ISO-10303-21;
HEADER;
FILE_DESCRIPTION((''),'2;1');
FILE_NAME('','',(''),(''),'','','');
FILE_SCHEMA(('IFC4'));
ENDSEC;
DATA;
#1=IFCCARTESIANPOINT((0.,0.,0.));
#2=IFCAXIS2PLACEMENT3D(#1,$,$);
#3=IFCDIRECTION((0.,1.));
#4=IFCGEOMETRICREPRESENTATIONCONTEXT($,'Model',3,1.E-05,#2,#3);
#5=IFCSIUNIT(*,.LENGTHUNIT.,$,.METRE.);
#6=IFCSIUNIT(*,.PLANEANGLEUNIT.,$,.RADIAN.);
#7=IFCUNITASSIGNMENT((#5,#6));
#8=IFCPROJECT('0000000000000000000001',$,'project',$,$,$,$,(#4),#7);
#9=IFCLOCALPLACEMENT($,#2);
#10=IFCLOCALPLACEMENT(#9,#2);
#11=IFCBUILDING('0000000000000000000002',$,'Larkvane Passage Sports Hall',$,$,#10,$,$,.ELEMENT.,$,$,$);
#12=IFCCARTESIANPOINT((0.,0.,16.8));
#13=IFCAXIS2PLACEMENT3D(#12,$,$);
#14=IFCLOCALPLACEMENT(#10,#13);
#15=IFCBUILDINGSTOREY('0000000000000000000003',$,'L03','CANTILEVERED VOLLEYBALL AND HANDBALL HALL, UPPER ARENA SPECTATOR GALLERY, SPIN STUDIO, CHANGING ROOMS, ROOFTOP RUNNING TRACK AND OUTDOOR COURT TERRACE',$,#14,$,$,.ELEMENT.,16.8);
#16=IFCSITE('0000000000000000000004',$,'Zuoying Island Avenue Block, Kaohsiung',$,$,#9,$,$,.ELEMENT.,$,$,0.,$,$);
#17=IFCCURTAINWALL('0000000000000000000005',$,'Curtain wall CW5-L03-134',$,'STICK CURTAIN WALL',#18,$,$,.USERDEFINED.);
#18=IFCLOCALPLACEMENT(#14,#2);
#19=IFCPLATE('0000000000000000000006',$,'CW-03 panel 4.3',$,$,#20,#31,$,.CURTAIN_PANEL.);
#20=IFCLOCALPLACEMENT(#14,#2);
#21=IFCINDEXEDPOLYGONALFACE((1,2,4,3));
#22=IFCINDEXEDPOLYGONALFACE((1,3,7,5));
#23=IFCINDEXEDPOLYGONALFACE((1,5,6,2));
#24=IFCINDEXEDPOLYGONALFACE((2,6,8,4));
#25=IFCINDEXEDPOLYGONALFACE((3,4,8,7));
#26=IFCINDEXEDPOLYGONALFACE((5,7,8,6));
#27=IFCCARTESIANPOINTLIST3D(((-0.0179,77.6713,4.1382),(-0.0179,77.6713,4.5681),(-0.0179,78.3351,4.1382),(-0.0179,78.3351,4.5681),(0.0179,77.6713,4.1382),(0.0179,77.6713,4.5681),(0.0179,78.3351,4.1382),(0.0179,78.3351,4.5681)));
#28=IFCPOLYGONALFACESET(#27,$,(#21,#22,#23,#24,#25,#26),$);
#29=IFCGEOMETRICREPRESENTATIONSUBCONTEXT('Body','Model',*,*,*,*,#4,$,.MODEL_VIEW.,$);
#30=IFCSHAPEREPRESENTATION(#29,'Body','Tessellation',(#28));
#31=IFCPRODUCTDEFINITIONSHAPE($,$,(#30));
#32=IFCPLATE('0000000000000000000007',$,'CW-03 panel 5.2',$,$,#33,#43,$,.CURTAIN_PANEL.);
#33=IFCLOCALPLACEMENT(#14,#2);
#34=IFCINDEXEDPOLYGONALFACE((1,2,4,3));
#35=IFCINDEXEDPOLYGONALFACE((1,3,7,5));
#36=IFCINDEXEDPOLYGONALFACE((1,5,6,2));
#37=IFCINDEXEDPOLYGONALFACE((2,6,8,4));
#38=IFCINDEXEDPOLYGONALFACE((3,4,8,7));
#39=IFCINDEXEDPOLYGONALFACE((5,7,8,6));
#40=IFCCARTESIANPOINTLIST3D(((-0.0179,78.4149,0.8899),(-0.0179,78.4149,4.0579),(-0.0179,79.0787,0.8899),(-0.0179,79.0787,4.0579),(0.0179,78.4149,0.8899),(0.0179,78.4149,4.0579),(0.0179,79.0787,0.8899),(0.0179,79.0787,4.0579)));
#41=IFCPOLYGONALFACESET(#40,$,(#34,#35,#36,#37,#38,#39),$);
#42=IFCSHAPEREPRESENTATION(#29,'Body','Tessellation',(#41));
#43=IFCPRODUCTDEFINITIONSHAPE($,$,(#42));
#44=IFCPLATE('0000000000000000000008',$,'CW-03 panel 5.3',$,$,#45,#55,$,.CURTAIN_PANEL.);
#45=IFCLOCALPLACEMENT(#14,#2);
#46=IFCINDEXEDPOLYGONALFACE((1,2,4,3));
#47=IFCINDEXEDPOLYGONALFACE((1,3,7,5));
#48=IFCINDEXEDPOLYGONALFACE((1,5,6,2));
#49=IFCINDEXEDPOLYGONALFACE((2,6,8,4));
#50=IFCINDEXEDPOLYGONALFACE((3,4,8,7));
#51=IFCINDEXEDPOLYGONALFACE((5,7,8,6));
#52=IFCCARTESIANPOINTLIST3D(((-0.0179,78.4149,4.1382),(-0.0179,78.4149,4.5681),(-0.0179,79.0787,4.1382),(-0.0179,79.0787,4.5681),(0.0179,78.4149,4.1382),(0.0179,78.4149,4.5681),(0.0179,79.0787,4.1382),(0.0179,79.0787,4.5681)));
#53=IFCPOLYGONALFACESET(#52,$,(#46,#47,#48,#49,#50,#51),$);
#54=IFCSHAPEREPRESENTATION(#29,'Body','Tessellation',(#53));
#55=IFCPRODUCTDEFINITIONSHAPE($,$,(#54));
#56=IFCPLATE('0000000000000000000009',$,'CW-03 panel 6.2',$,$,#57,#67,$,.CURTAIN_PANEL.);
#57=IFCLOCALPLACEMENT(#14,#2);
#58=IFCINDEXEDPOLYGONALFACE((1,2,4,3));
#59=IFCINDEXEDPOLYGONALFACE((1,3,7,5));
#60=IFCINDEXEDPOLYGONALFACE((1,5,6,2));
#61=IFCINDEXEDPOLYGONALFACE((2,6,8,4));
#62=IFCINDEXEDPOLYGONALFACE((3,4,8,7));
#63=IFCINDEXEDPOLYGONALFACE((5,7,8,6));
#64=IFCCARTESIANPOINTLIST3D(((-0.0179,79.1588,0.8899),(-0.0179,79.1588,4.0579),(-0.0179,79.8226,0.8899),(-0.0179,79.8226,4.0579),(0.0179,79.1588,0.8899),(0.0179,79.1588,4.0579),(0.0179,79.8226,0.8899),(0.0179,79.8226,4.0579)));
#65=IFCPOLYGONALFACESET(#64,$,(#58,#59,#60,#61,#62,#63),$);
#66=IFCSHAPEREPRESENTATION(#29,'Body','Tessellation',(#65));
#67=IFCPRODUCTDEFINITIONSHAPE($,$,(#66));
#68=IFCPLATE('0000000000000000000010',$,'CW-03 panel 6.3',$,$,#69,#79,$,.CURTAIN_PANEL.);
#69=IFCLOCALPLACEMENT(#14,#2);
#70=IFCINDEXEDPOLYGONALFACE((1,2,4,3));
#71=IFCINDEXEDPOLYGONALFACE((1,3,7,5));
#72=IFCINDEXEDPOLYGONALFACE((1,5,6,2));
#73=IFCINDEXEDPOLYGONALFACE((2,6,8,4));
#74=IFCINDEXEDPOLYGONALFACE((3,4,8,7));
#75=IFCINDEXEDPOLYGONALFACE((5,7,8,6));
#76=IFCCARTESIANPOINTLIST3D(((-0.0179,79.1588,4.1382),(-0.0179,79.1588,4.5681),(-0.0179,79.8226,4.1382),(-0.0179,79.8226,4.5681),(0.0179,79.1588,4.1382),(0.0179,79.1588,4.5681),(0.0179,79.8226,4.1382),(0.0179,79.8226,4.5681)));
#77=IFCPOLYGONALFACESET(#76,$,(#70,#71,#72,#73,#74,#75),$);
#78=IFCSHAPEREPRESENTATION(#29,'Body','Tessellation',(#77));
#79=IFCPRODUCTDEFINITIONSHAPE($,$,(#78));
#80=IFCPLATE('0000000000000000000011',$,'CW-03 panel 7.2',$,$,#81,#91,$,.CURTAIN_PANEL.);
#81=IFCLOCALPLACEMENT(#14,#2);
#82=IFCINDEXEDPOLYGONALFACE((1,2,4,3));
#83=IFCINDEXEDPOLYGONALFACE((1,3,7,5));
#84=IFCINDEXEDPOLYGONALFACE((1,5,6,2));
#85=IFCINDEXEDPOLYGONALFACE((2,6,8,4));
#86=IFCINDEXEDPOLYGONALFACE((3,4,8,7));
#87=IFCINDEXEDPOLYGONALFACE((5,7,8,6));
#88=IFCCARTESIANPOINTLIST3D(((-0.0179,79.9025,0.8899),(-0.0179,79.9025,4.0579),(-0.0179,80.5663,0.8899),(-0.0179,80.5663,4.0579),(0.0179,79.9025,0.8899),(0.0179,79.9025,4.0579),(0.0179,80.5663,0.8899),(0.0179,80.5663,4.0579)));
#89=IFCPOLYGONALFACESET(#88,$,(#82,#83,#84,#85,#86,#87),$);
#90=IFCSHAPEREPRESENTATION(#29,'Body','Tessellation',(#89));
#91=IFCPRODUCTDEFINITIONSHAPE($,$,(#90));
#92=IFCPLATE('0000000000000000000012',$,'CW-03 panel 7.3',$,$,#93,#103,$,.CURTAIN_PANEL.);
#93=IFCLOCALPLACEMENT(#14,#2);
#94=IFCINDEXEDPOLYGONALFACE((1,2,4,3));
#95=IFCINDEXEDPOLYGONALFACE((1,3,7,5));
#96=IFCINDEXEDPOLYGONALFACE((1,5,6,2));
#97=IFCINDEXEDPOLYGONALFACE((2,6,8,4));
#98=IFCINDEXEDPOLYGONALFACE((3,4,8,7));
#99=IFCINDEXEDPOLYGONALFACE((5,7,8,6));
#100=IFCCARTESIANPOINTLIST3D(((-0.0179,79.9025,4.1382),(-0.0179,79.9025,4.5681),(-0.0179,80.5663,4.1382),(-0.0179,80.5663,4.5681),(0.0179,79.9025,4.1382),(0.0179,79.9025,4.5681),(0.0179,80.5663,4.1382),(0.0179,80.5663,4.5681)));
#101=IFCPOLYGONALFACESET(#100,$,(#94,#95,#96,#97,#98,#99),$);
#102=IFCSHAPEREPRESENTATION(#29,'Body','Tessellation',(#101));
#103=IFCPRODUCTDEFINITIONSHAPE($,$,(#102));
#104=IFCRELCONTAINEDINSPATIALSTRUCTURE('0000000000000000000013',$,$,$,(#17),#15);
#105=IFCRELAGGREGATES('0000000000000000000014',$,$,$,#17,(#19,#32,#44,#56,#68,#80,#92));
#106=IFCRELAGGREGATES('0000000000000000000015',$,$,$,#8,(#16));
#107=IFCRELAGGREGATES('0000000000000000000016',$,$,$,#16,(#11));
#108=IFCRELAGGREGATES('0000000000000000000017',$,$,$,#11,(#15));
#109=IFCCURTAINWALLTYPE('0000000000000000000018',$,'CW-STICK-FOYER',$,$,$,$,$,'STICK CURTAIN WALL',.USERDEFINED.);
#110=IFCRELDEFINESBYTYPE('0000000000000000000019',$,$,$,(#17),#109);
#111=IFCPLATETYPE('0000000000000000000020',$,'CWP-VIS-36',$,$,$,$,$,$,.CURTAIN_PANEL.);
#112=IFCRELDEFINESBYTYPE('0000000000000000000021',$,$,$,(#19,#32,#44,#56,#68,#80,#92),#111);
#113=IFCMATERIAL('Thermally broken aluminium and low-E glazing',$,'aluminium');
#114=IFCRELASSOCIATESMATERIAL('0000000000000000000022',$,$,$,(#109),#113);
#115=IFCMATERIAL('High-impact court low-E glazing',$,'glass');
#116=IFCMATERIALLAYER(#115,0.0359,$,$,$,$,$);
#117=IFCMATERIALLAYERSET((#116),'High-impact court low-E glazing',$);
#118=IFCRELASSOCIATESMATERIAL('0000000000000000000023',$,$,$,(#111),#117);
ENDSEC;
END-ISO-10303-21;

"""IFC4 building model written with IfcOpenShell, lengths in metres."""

from ifc_helpers import new_model, si_unit, direction, frame, origin, origin_2d, place, context, subcontext, project, spatial, rectangle, extrude, material, layer, layer_set, type_object, element, aggregate, save


model = new_model("IFC4")

# Units and contexts
model_context = context("Model", 3, precision=1e-05, world=origin(), true_north=direction((0.0, 1.0)))
body_context = subcontext(model_context, "Body", "Model", "MODEL_VIEW")
ifc_project = project(units=[si_unit("LENGTHUNIT", "METRE"), si_unit("PLANEANGLEUNIT", "RADIAN")], contexts=[model_context])

# Site, building, storey
site_placement = place(None, origin())
site = spatial("IfcSite", under=ifc_project, at=site_placement, Name="Zuoying Island Avenue Block, Kaohsiung", CompositionType="ELEMENT", RefElevation=0.0)
building_placement = place(site_placement, origin())
building = spatial("IfcBuilding", under=site, at=building_placement, Name="Larkvane Passage Sports Hall", CompositionType="ELEMENT")
storey_placement = place(building_placement, frame((0.0, 0.0, 16.8)))
storey = spatial("IfcBuildingStorey", under=building, at=storey_placement, Name="L03", Description="CANTILEVERED VOLLEYBALL AND HANDBALL HALL, UPPER ARENA SPECTATOR GALLERY, SPIN STUDIO, CHANGING ROOMS, ROOFTOP RUNNING TRACK AND OUTDOOR COURT TERRACE", CompositionType="ELEMENT", Elevation=16.8)

# Curtain wall
ifc_material_1 = material(Name="Thermally broken aluminium and low-E glazing", Category="aluminium")
curtain_wall_type = type_object("IfcCurtainWallType", Name="CW-STICK-FOYER", ElementType="STICK CURTAIN WALL", PredefinedType="USERDEFINED", material=ifc_material_1)
curtain_wall_placement = place(storey_placement, origin())
curtain_wall = element("IfcCurtainWall", 1, at=curtain_wall_placement, inside=storey, type_object=curtain_wall_type, Name="Curtain wall CW5-L03-134", ObjectType="STICK CURTAIN WALL", PredefinedType="USERDEFINED")

# Plates
ifc_material_2 = material(Name="High-impact court low-E glazing", Category="glass")
ifc_layer_1 = layer(ifc_material_2, 0.0359)
ifc_layer_set_1 = layer_set([ifc_layer_1], Name="High-impact court low-E glazing")
plate_type_1 = type_object("IfcPlateType", Name="CWP-VIS-36", PredefinedType="CURTAIN_PANEL", material=ifc_layer_set_1)
plate_1_placement = place(storey_placement, frame((0.0, 78.0032, 4.1382), z_axis=(0.0, 0.0, 1.0), x_axis=(0.0, 1.0, 0.0)))
plate_1 = element("IfcPlate", 2, at=plate_1_placement, type_object=plate_type_1, Name="CW-03 panel 4.3", PredefinedType="CURTAIN_PANEL", context=body_context, shape_type="SweptSolid", body=[
    extrude(rectangle(XDim=0.6638, YDim=0.0359, at=origin_2d()), origin(), (0.0, 0.0, 1.0), 0.4299),
])
plate_2_placement = place(storey_placement, frame((0.0, 78.7468, 0.8899), z_axis=(0.0, 0.0, 1.0), x_axis=(0.0, 1.0, 0.0)))
plate_2 = element("IfcPlate", 3, at=plate_2_placement, type_object=plate_type_1, Name="CW-03 panel 5.2", PredefinedType="CURTAIN_PANEL", context=body_context, shape_type="SweptSolid", body=[
    extrude(rectangle(XDim=0.6638, YDim=0.0359, at=origin_2d()), origin(), (0.0, 0.0, 1.0), 3.168),
])
plate_3_placement = place(storey_placement, frame((0.0, 78.7468, 4.1382), z_axis=(0.0, 0.0, 1.0), x_axis=(0.0, 1.0, 0.0)))
plate_3 = element("IfcPlate", 4, at=plate_3_placement, type_object=plate_type_1, Name="CW-03 panel 5.3", PredefinedType="CURTAIN_PANEL", context=body_context, shape_type="SweptSolid", body=[
    extrude(rectangle(XDim=0.6638, YDim=0.0359, at=origin_2d()), origin(), (0.0, 0.0, 1.0), 0.4299),
])
plate_4_placement = place(storey_placement, frame((0.0, 79.4907, 0.8899), z_axis=(0.0, 0.0, 1.0), x_axis=(0.0, 1.0, 0.0)))
plate_4 = element("IfcPlate", 5, at=plate_4_placement, type_object=plate_type_1, Name="CW-03 panel 6.2", PredefinedType="CURTAIN_PANEL", context=body_context, shape_type="SweptSolid", body=[
    extrude(rectangle(XDim=0.6638, YDim=0.0359, at=origin_2d()), origin(), (0.0, 0.0, 1.0), 3.168),
])
plate_5_placement = place(storey_placement, frame((0.0, 79.4907, 4.1382), z_axis=(0.0, 0.0, 1.0), x_axis=(0.0, 1.0, 0.0)))
plate_5 = element("IfcPlate", 6, at=plate_5_placement, type_object=plate_type_1, Name="CW-03 panel 6.3", PredefinedType="CURTAIN_PANEL", context=body_context, shape_type="SweptSolid", body=[
    extrude(rectangle(XDim=0.6638, YDim=0.0359, at=origin_2d()), origin(), (0.0, 0.0, 1.0), 0.4299),
])
plate_6_placement = place(storey_placement, frame((0.0, 80.2344, 0.8899), z_axis=(0.0, 0.0, 1.0), x_axis=(0.0, 1.0, 0.0)))
plate_6 = element("IfcPlate", 7, at=plate_6_placement, type_object=plate_type_1, Name="CW-03 panel 7.2", PredefinedType="CURTAIN_PANEL", context=body_context, shape_type="SweptSolid", body=[
    extrude(rectangle(XDim=0.6638, YDim=0.0359, at=origin_2d()), origin(), (0.0, 0.0, 1.0), 3.168),
])
plate_7_placement = place(storey_placement, frame((0.0, 80.2344, 4.1382), z_axis=(0.0, 0.0, 1.0), x_axis=(0.0, 1.0, 0.0)))
plate_7 = element("IfcPlate", 8, at=plate_7_placement, type_object=plate_type_1, Name="CW-03 panel 7.3", PredefinedType="CURTAIN_PANEL", context=body_context, shape_type="SweptSolid", body=[
    extrude(rectangle(XDim=0.6638, YDim=0.0359, at=origin_2d()), origin(), (0.0, 0.0, 1.0), 0.4299),
])
aggregate(curtain_wall, [plate_1, plate_2, plate_3, plate_4, plate_5, plate_6, plate_7])

save(model, "model.ifc")
